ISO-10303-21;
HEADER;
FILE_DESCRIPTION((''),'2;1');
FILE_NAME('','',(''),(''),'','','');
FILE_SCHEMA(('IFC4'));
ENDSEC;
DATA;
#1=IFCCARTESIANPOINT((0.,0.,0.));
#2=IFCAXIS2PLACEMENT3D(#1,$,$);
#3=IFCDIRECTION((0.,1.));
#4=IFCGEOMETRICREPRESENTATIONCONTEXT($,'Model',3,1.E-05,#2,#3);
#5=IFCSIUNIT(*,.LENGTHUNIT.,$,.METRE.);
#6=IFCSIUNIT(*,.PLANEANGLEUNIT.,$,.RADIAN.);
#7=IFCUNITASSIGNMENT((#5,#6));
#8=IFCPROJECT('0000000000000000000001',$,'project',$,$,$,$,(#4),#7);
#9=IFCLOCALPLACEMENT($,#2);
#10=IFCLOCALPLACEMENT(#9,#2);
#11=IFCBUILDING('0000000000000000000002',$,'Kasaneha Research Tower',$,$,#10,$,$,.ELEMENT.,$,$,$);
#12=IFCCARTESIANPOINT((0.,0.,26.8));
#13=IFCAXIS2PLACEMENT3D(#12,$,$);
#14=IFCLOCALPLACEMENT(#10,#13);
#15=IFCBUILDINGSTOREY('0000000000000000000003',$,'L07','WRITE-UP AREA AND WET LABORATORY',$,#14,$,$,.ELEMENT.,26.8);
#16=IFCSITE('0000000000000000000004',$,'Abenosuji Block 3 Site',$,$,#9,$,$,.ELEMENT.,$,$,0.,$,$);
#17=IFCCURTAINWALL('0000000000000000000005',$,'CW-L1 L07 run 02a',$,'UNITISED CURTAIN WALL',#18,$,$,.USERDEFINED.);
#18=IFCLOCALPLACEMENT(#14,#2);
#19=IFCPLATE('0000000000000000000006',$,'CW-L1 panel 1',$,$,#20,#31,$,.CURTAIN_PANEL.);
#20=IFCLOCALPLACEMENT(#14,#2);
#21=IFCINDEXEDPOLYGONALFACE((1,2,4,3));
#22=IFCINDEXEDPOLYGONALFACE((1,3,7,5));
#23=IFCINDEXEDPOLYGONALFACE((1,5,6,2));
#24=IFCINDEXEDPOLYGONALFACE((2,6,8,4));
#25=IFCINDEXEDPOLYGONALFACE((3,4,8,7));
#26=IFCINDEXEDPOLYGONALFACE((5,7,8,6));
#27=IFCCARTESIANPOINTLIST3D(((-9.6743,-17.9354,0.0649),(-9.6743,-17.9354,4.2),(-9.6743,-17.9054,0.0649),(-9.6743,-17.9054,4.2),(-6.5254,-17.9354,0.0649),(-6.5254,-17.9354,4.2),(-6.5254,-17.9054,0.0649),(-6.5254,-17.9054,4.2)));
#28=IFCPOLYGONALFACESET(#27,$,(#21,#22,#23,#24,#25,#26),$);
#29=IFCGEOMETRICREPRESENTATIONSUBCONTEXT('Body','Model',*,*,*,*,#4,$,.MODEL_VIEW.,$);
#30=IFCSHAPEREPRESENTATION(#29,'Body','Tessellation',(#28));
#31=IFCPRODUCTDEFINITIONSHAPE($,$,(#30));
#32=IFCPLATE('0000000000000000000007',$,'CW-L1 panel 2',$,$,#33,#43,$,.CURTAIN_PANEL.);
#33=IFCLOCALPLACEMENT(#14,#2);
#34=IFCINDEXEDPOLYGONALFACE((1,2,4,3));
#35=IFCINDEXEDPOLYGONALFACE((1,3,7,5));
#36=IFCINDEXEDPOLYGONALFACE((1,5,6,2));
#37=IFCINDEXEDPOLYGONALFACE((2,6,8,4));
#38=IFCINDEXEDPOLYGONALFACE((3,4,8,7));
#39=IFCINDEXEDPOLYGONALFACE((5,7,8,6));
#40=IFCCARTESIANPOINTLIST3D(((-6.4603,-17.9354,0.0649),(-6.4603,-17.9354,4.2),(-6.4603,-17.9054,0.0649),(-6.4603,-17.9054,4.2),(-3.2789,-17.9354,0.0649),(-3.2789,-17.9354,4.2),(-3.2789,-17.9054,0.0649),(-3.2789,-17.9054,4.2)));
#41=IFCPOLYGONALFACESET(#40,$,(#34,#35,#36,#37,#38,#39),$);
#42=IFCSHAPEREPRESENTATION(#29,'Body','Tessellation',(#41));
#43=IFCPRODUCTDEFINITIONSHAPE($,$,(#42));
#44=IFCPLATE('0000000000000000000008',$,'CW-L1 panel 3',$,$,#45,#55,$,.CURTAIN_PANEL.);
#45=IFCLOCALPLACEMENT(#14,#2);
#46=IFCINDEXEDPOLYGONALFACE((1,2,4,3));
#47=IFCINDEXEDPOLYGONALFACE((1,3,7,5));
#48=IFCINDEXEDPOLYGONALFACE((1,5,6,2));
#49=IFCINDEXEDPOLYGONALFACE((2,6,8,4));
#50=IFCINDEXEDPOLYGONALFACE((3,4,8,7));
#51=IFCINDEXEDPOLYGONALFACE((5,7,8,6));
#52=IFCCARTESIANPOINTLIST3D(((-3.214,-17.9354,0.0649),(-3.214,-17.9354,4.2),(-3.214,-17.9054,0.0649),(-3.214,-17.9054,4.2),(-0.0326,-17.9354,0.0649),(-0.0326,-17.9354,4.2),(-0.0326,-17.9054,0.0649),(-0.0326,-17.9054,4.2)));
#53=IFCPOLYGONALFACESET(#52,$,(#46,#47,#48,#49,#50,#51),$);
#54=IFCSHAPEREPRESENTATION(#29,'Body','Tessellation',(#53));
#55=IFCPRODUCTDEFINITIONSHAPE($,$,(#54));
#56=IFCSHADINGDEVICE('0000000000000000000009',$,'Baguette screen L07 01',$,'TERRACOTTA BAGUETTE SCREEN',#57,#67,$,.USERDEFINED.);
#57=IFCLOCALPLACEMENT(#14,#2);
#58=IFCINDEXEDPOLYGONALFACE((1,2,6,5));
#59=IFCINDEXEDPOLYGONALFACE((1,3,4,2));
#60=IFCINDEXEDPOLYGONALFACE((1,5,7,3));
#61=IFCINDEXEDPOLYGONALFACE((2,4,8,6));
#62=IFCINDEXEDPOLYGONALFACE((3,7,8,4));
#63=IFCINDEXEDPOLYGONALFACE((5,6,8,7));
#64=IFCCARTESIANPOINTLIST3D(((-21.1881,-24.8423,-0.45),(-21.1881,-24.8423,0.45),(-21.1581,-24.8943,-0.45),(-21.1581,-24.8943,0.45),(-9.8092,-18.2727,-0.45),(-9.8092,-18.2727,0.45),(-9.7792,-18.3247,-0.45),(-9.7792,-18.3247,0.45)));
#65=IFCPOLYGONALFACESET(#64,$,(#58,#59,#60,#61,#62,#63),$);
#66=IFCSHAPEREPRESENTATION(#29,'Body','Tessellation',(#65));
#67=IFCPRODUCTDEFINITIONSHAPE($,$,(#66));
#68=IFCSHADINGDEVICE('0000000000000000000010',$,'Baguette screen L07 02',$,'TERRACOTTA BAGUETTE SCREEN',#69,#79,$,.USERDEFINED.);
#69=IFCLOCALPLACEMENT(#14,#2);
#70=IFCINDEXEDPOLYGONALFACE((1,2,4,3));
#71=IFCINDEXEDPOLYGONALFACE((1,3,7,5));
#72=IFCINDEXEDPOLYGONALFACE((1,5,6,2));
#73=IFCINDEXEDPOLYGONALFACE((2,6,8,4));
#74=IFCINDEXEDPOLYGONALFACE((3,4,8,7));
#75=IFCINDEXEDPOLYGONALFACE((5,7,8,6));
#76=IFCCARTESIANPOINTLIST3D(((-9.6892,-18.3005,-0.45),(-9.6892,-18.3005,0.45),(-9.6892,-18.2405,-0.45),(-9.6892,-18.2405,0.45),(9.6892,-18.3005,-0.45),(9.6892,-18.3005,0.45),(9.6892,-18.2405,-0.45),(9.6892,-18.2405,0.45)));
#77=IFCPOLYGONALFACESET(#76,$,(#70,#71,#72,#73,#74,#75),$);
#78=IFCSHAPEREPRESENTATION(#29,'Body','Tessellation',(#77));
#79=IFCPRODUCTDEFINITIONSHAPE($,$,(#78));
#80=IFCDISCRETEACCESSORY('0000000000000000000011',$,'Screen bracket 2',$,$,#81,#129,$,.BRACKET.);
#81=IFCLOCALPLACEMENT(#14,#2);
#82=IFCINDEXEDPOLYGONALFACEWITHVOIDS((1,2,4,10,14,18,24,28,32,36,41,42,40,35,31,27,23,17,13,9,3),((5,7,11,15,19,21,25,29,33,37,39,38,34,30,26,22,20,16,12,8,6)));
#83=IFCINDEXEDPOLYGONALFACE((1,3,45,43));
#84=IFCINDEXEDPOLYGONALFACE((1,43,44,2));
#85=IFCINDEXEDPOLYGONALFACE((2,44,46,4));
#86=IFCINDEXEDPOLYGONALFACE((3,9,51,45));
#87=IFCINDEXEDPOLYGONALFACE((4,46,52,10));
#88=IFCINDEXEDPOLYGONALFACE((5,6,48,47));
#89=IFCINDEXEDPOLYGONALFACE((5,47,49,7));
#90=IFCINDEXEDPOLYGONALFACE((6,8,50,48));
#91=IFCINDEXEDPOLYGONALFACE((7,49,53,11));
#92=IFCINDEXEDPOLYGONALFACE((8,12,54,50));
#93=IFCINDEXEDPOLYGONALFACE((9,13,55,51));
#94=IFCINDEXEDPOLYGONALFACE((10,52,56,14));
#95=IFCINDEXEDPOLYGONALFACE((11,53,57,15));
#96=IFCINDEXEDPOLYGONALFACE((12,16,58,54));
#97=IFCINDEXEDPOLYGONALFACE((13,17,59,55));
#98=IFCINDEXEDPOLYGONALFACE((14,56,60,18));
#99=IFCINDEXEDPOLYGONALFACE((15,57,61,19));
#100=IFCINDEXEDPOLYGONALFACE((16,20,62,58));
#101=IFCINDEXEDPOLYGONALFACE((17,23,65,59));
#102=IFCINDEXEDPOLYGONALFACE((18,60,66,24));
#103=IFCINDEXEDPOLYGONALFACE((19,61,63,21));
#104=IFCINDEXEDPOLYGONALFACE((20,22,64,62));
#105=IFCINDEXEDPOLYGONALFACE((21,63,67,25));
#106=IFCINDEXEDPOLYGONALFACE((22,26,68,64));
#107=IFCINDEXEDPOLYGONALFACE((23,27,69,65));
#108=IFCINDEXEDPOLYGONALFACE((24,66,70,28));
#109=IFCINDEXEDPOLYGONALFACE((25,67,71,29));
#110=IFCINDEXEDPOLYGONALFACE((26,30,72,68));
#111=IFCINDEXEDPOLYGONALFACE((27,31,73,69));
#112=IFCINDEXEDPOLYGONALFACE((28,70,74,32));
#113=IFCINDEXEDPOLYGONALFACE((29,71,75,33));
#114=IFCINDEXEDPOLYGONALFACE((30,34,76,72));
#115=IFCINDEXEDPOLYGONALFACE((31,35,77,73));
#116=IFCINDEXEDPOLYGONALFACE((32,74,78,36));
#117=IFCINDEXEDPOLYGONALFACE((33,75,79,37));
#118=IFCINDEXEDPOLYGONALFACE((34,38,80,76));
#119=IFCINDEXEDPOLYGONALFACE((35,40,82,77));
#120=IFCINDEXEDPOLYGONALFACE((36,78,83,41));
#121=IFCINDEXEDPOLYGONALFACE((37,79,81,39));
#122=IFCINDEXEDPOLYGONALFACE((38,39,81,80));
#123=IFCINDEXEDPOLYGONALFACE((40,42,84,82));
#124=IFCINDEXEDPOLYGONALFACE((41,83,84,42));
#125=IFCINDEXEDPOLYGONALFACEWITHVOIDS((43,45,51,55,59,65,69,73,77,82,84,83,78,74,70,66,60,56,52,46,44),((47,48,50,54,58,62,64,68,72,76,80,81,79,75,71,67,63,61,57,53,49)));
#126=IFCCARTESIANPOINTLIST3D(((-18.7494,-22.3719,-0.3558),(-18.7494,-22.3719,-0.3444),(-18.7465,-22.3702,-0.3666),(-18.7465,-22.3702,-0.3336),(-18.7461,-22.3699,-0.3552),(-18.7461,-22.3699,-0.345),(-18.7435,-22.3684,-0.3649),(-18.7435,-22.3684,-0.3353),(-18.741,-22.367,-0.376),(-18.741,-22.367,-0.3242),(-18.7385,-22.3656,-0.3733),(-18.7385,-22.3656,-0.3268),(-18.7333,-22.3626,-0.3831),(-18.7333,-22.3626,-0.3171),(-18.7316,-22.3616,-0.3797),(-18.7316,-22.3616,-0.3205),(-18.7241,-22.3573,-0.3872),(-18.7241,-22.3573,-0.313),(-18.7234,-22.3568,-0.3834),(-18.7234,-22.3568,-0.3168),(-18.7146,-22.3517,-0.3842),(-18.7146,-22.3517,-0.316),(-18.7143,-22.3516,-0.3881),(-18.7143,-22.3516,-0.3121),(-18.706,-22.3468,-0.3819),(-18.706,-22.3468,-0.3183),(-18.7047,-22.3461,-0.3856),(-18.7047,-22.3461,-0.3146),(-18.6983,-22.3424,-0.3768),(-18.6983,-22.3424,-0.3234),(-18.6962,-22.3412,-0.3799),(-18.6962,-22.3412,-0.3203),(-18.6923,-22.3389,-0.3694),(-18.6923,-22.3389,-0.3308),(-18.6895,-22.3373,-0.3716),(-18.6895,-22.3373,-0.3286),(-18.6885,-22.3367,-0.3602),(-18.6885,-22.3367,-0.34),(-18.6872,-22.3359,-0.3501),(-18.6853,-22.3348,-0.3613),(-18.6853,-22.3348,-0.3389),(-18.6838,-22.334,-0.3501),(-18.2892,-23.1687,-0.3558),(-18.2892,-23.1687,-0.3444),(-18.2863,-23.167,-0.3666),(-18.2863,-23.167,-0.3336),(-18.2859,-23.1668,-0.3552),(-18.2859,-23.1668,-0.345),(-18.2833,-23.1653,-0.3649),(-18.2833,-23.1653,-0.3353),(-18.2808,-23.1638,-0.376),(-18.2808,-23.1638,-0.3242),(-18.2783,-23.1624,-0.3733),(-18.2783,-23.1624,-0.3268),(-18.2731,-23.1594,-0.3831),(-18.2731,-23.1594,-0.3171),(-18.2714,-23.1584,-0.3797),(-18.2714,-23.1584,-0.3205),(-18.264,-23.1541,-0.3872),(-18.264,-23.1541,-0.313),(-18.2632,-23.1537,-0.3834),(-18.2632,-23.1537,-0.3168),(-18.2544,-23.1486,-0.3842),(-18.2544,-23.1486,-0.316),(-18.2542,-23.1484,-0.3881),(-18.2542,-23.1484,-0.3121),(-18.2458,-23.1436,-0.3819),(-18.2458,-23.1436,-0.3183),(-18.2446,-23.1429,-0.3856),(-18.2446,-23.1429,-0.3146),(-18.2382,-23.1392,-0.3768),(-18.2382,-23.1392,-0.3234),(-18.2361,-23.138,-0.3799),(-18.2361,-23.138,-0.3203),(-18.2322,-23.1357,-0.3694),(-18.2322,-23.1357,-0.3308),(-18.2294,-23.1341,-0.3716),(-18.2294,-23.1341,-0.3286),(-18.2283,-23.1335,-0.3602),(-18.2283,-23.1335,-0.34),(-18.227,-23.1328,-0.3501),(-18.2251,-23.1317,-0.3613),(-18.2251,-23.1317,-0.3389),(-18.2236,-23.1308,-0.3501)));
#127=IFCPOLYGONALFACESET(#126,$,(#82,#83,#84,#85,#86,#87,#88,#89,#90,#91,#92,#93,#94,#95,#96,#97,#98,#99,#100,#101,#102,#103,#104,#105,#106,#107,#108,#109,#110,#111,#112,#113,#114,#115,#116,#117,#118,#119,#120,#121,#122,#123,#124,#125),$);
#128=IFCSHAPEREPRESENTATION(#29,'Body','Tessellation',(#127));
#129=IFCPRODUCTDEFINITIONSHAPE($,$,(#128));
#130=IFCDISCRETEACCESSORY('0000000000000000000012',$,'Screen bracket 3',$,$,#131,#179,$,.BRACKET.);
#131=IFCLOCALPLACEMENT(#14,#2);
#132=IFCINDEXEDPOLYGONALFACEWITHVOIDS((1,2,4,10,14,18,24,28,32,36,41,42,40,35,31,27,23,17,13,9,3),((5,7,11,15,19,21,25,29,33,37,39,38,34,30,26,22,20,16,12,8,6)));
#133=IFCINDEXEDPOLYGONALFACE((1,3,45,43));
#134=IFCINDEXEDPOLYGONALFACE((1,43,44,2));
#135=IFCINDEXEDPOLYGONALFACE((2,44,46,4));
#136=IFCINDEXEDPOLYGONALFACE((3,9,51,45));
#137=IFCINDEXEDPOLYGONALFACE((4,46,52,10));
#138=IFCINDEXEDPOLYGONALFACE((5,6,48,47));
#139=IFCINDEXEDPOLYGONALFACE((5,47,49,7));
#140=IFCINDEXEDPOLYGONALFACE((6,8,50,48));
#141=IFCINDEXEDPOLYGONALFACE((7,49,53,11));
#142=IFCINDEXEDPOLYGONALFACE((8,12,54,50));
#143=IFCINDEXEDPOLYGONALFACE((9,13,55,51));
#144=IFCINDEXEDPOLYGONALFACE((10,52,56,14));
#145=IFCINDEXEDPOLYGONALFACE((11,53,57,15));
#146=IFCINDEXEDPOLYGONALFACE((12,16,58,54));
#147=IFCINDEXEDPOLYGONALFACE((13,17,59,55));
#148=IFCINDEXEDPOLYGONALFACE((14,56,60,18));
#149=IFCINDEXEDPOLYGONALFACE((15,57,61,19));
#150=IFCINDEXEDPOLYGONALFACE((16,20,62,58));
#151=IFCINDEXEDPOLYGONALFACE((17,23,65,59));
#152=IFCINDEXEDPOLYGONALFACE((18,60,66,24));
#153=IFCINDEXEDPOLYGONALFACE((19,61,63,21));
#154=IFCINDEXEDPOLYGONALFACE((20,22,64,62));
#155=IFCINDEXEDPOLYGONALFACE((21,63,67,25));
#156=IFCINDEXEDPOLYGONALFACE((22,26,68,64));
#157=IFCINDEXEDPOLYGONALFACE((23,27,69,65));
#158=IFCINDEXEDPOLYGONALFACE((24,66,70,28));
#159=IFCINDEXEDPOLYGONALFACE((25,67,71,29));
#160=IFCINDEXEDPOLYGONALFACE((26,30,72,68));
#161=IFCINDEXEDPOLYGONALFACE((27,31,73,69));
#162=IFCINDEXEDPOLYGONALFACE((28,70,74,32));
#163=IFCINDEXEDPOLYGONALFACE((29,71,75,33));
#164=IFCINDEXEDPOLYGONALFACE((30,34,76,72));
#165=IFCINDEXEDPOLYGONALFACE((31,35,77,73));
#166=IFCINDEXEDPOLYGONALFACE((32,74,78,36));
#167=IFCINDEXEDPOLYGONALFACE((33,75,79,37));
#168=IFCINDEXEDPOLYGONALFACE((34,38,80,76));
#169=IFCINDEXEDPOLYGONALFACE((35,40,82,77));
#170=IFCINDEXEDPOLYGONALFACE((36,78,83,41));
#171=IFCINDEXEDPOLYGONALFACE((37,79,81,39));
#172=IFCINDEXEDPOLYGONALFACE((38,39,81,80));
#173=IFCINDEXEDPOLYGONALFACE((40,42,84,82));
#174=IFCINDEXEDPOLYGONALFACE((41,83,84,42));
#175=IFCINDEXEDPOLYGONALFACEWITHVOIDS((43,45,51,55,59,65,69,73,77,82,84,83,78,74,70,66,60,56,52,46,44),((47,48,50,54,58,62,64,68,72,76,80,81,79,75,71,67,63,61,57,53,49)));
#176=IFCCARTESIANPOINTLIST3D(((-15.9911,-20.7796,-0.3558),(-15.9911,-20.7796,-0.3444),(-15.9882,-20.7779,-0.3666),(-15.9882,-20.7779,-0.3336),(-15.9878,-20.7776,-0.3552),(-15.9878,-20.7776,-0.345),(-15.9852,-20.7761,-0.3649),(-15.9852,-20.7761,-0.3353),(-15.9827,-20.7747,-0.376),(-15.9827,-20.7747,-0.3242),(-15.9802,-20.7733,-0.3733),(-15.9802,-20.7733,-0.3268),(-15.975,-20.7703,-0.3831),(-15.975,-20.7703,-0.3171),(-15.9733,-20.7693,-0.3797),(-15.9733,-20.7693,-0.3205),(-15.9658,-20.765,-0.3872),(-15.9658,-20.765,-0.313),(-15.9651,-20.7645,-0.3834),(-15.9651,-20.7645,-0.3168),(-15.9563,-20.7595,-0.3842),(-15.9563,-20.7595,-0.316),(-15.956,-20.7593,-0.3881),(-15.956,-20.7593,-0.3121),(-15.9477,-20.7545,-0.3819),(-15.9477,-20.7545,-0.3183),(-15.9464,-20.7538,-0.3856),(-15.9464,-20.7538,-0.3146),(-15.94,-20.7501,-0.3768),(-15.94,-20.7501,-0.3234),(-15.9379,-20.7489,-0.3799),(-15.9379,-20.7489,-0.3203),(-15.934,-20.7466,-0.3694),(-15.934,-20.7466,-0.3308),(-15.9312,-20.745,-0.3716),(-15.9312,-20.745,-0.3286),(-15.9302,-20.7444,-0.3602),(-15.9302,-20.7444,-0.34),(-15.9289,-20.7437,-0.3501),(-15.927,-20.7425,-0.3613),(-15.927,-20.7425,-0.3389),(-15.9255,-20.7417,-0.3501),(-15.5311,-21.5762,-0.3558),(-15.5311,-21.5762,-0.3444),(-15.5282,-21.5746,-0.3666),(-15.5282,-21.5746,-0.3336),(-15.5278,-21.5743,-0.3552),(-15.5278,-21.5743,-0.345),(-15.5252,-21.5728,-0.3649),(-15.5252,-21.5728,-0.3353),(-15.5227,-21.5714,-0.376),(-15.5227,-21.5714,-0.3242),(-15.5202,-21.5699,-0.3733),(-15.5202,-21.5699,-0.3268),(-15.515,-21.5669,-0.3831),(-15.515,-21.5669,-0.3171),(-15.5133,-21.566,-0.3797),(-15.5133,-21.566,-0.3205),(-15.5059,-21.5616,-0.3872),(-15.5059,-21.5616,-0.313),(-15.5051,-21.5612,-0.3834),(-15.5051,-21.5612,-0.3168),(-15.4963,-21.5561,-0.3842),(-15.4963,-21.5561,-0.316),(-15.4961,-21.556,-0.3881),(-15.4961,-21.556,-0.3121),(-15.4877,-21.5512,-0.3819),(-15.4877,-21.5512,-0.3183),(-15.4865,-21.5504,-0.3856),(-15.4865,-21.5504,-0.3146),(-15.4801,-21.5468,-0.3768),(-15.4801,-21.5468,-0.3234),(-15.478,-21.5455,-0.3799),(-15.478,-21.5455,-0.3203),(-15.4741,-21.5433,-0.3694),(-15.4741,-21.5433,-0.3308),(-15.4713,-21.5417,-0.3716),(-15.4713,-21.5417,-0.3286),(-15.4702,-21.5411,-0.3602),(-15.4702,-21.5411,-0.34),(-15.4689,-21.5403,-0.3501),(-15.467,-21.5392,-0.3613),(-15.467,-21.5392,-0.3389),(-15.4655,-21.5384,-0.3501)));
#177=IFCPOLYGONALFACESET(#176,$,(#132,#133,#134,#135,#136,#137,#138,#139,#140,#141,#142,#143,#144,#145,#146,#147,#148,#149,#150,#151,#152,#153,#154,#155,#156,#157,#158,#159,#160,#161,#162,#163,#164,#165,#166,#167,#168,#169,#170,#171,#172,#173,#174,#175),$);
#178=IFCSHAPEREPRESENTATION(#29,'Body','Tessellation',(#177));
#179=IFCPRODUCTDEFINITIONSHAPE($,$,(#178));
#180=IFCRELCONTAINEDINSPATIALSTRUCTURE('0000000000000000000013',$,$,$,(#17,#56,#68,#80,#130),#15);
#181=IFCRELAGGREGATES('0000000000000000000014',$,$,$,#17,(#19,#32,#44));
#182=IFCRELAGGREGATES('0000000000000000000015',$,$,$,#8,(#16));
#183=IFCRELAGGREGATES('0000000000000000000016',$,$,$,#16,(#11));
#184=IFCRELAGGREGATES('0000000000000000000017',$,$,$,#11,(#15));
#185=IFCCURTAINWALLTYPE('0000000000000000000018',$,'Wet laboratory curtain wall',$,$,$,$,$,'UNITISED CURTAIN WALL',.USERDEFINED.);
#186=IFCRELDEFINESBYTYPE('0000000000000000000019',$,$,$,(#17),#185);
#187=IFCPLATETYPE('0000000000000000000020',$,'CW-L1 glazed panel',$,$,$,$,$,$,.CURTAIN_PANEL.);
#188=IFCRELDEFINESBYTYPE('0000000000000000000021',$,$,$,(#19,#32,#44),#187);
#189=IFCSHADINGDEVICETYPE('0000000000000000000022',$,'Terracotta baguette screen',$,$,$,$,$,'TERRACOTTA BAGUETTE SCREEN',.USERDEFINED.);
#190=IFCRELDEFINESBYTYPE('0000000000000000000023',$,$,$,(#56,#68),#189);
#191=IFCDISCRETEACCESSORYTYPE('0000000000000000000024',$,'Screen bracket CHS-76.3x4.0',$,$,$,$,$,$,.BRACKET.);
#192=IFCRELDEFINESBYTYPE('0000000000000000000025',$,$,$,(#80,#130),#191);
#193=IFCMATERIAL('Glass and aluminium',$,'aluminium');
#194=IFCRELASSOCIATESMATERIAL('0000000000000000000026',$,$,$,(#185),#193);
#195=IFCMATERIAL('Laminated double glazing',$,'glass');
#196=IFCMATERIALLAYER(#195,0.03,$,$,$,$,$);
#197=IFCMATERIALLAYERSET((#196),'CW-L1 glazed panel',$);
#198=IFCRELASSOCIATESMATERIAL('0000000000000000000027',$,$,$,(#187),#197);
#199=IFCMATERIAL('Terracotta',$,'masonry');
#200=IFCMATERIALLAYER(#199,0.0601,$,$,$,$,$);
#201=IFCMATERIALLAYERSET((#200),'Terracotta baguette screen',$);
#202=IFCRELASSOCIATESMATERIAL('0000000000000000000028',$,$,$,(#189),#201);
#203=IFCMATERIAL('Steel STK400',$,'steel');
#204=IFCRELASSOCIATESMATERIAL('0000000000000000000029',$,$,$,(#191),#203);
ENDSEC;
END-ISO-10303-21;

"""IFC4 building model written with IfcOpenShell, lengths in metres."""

from ifc_helpers import new_model, si_unit, direction, frame, origin, origin_2d, place, context, subcontext, project, spatial, rectangle, hollow_circle, extrude, material, layer, layer_set, material_profile, profile_set, type_object, element, aggregate, save


model = new_model("IFC4")

# Units and contexts
model_context = context("Model", 3, precision=1e-05, world=origin(), true_north=direction((0.0, 1.0)))
body_context = subcontext(model_context, "Body", "Model", "MODEL_VIEW")
ifc_project = project(units=[si_unit("LENGTHUNIT", "METRE"), si_unit("PLANEANGLEUNIT", "RADIAN")], contexts=[model_context])

# Site, building, storey
site_placement = place(None, origin())
site = spatial("IfcSite", under=ifc_project, at=site_placement, Name="Abenosuji Block 3 Site", CompositionType="ELEMENT", RefElevation=0.0)
building_placement = place(site_placement, origin())
building = spatial("IfcBuilding", under=site, at=building_placement, Name="Kasaneha Research Tower", CompositionType="ELEMENT")
storey_placement = place(building_placement, frame((0.0, 0.0, 26.8)))
storey = spatial("IfcBuildingStorey", under=building, at=storey_placement, Name="L07", Description="WRITE-UP AREA AND WET LABORATORY", CompositionType="ELEMENT", Elevation=26.8)

# Curtain wall
ifc_material_1 = material(Name="Glass and aluminium", Category="aluminium")
curtain_wall_type = type_object("IfcCurtainWallType", Name="Wet laboratory curtain wall", ElementType="UNITISED CURTAIN WALL", PredefinedType="USERDEFINED", material=ifc_material_1)
curtain_wall_1_placement = place(storey_placement, origin())
curtain_wall_1 = element("IfcCurtainWall", 1, at=curtain_wall_1_placement, inside=storey, type_object=curtain_wall_type, Name="CW-L1 L07 run 02a", ObjectType="UNITISED CURTAIN WALL", PredefinedType="USERDEFINED")

# Plates
ifc_material_2 = material(Name="Laminated double glazing", Category="glass")
ifc_layer_1 = layer(ifc_material_2, 0.03)
ifc_layer_set_1 = layer_set([ifc_layer_1], Name="CW-L1 glazed panel")
plate_type = type_object("IfcPlateType", Name="CW-L1 glazed panel", PredefinedType="CURTAIN_PANEL", material=ifc_layer_set_1)
plate_1_placement = place(storey_placement, frame((-8.0999, -17.9204, 0.0649), z_axis=(0.0, 0.0, 1.0), x_axis=(1.0, 0.0, 0.0)))
plate_1 = element("IfcPlate", 2, at=plate_1_placement, type_object=plate_type, Name="CW-L1 panel 1", PredefinedType="CURTAIN_PANEL", context=body_context, shape_type="SweptSolid", body=[
    extrude(rectangle(XDim=3.1489, YDim=0.03, at=origin_2d()), origin(), (0.0, 0.0, 1.0), 4.135),
])
plate_2_placement = place(storey_placement, frame((-4.8696, -17.9204, 0.0649), z_axis=(0.0, 0.0, 1.0), x_axis=(1.0, 0.0, 0.0)))
plate_2 = element("IfcPlate", 3, at=plate_2_placement, type_object=plate_type, Name="CW-L1 panel 2", PredefinedType="CURTAIN_PANEL", context=body_context, shape_type="SweptSolid", body=[
    extrude(rectangle(XDim=3.1814, YDim=0.03, at=origin_2d()), origin(), (0.0, 0.0, 1.0), 4.135),
])
plate_3_placement = place(storey_placement, frame((-1.6233, -17.9204, 0.0649), z_axis=(0.0, 0.0, 1.0), x_axis=(1.0, 0.0, 0.0)))
plate_3 = element("IfcPlate", 4, at=plate_3_placement, type_object=plate_type, Name="CW-L1 panel 3", PredefinedType="CURTAIN_PANEL", context=body_context, shape_type="SweptSolid", body=[
    extrude(rectangle(XDim=3.1814, YDim=0.03, at=origin_2d()), origin(), (0.0, 0.0, 1.0), 4.135),
])
aggregate(curtain_wall_1, [plate_1, plate_2, plate_3])

# Shading devices
ifc_material_3 = material(Name="Terracotta", Category="masonry")
ifc_layer_2 = layer(ifc_material_3, 0.0601)
ifc_layer_set_2 = layer_set([ifc_layer_2], Name="Terracotta baguette screen")
shading_device_type = type_object("IfcShadingDeviceType", Name="Terracotta baguette screen", ElementType="TERRACOTTA BAGUETTE SCREEN", PredefinedType="USERDEFINED", material=ifc_layer_set_2)
shading_device_1_placement = place(storey_placement, frame((-15.4836, -21.5835, -0.45), z_axis=(0.0, 0.0, 1.0), x_axis=(0.866025, 0.5, 0.0)))
element("IfcShadingDevice", 5, at=shading_device_1_placement, inside=storey, type_object=shading_device_type, Name="Baguette screen L07 01", ObjectType="TERRACOTTA BAGUETTE SCREEN", PredefinedType="USERDEFINED", context=body_context, shape_type="SweptSolid", body=[
    extrude(rectangle(XDim=13.1392, YDim=0.0601, at=origin_2d()), origin(), (0.0, 0.0, 1.0), 0.8999),
])
shading_device_2_placement = place(storey_placement, frame((0.0, -18.2705, -0.45), z_axis=(0.0, 0.0, 1.0), x_axis=(1.0, 0.0, 0.0)))
element("IfcShadingDevice", 6, at=shading_device_2_placement, inside=storey, type_object=shading_device_type, Name="Baguette screen L07 02", ObjectType="TERRACOTTA BAGUETTE SCREEN", PredefinedType="USERDEFINED", context=body_context, shape_type="SweptSolid", body=[
    extrude(rectangle(XDim=19.3784, YDim=0.0601, at=origin_2d()), origin(), (0.0, 0.0, 1.0), 0.8999),
])

# Discrete accessories
ifc_material_4 = material(Name="Steel STK400", Category="steel")
ifc_material_profile_1 = material_profile(ifc_material_4, hollow_circle(Radius=0.0381, WallThickness=0.0039, at=origin_2d()), Name="CHS-76.3x4.0")
ifc_profile_set_1 = profile_set([ifc_material_profile_1], Name="Steel STK400")
discrete_accessory_type = type_object("IfcDiscreteAccessoryType", Name="Screen bracket CHS-76.3x4.0", PredefinedType="BRACKET", material=ifc_profile_set_1)
discrete_accessory_1_placement = place(storey_placement, frame((-18.7168, -22.353, -0.3501), z_axis=(0.500105, -0.865965, 0.0), x_axis=(0.865965, 0.500105, 0.0)))
element("IfcDiscreteAccessory", 7, at=discrete_accessory_1_placement, inside=storey, type_object=discrete_accessory_type, Name="Screen bracket 2", PredefinedType="BRACKET", context=body_context, shape_type="SweptSolid", body=[
    extrude(hollow_circle(Radius=0.0381, WallThickness=0.0039, at=origin_2d()), origin(), (0.0, 0.0, 1.0), 0.9202),
])
discrete_accessory_2_placement = place(storey_placement, frame((-15.9585, -20.7607, -0.3501), z_axis=(0.500021, -0.866013, 0.0), x_axis=(0.866013, 0.500021, 0.0)))
element("IfcDiscreteAccessory", 8, at=discrete_accessory_2_placement, inside=storey, type_object=discrete_accessory_type, Name="Screen bracket 3", PredefinedType="BRACKET", context=body_context, shape_type="SweptSolid", body=[
    extrude(hollow_circle(Radius=0.0381, WallThickness=0.0039, at=origin_2d()), origin(), (0.0, 0.0, 1.0), 0.9199),
])

save(model, "model.ifc")
